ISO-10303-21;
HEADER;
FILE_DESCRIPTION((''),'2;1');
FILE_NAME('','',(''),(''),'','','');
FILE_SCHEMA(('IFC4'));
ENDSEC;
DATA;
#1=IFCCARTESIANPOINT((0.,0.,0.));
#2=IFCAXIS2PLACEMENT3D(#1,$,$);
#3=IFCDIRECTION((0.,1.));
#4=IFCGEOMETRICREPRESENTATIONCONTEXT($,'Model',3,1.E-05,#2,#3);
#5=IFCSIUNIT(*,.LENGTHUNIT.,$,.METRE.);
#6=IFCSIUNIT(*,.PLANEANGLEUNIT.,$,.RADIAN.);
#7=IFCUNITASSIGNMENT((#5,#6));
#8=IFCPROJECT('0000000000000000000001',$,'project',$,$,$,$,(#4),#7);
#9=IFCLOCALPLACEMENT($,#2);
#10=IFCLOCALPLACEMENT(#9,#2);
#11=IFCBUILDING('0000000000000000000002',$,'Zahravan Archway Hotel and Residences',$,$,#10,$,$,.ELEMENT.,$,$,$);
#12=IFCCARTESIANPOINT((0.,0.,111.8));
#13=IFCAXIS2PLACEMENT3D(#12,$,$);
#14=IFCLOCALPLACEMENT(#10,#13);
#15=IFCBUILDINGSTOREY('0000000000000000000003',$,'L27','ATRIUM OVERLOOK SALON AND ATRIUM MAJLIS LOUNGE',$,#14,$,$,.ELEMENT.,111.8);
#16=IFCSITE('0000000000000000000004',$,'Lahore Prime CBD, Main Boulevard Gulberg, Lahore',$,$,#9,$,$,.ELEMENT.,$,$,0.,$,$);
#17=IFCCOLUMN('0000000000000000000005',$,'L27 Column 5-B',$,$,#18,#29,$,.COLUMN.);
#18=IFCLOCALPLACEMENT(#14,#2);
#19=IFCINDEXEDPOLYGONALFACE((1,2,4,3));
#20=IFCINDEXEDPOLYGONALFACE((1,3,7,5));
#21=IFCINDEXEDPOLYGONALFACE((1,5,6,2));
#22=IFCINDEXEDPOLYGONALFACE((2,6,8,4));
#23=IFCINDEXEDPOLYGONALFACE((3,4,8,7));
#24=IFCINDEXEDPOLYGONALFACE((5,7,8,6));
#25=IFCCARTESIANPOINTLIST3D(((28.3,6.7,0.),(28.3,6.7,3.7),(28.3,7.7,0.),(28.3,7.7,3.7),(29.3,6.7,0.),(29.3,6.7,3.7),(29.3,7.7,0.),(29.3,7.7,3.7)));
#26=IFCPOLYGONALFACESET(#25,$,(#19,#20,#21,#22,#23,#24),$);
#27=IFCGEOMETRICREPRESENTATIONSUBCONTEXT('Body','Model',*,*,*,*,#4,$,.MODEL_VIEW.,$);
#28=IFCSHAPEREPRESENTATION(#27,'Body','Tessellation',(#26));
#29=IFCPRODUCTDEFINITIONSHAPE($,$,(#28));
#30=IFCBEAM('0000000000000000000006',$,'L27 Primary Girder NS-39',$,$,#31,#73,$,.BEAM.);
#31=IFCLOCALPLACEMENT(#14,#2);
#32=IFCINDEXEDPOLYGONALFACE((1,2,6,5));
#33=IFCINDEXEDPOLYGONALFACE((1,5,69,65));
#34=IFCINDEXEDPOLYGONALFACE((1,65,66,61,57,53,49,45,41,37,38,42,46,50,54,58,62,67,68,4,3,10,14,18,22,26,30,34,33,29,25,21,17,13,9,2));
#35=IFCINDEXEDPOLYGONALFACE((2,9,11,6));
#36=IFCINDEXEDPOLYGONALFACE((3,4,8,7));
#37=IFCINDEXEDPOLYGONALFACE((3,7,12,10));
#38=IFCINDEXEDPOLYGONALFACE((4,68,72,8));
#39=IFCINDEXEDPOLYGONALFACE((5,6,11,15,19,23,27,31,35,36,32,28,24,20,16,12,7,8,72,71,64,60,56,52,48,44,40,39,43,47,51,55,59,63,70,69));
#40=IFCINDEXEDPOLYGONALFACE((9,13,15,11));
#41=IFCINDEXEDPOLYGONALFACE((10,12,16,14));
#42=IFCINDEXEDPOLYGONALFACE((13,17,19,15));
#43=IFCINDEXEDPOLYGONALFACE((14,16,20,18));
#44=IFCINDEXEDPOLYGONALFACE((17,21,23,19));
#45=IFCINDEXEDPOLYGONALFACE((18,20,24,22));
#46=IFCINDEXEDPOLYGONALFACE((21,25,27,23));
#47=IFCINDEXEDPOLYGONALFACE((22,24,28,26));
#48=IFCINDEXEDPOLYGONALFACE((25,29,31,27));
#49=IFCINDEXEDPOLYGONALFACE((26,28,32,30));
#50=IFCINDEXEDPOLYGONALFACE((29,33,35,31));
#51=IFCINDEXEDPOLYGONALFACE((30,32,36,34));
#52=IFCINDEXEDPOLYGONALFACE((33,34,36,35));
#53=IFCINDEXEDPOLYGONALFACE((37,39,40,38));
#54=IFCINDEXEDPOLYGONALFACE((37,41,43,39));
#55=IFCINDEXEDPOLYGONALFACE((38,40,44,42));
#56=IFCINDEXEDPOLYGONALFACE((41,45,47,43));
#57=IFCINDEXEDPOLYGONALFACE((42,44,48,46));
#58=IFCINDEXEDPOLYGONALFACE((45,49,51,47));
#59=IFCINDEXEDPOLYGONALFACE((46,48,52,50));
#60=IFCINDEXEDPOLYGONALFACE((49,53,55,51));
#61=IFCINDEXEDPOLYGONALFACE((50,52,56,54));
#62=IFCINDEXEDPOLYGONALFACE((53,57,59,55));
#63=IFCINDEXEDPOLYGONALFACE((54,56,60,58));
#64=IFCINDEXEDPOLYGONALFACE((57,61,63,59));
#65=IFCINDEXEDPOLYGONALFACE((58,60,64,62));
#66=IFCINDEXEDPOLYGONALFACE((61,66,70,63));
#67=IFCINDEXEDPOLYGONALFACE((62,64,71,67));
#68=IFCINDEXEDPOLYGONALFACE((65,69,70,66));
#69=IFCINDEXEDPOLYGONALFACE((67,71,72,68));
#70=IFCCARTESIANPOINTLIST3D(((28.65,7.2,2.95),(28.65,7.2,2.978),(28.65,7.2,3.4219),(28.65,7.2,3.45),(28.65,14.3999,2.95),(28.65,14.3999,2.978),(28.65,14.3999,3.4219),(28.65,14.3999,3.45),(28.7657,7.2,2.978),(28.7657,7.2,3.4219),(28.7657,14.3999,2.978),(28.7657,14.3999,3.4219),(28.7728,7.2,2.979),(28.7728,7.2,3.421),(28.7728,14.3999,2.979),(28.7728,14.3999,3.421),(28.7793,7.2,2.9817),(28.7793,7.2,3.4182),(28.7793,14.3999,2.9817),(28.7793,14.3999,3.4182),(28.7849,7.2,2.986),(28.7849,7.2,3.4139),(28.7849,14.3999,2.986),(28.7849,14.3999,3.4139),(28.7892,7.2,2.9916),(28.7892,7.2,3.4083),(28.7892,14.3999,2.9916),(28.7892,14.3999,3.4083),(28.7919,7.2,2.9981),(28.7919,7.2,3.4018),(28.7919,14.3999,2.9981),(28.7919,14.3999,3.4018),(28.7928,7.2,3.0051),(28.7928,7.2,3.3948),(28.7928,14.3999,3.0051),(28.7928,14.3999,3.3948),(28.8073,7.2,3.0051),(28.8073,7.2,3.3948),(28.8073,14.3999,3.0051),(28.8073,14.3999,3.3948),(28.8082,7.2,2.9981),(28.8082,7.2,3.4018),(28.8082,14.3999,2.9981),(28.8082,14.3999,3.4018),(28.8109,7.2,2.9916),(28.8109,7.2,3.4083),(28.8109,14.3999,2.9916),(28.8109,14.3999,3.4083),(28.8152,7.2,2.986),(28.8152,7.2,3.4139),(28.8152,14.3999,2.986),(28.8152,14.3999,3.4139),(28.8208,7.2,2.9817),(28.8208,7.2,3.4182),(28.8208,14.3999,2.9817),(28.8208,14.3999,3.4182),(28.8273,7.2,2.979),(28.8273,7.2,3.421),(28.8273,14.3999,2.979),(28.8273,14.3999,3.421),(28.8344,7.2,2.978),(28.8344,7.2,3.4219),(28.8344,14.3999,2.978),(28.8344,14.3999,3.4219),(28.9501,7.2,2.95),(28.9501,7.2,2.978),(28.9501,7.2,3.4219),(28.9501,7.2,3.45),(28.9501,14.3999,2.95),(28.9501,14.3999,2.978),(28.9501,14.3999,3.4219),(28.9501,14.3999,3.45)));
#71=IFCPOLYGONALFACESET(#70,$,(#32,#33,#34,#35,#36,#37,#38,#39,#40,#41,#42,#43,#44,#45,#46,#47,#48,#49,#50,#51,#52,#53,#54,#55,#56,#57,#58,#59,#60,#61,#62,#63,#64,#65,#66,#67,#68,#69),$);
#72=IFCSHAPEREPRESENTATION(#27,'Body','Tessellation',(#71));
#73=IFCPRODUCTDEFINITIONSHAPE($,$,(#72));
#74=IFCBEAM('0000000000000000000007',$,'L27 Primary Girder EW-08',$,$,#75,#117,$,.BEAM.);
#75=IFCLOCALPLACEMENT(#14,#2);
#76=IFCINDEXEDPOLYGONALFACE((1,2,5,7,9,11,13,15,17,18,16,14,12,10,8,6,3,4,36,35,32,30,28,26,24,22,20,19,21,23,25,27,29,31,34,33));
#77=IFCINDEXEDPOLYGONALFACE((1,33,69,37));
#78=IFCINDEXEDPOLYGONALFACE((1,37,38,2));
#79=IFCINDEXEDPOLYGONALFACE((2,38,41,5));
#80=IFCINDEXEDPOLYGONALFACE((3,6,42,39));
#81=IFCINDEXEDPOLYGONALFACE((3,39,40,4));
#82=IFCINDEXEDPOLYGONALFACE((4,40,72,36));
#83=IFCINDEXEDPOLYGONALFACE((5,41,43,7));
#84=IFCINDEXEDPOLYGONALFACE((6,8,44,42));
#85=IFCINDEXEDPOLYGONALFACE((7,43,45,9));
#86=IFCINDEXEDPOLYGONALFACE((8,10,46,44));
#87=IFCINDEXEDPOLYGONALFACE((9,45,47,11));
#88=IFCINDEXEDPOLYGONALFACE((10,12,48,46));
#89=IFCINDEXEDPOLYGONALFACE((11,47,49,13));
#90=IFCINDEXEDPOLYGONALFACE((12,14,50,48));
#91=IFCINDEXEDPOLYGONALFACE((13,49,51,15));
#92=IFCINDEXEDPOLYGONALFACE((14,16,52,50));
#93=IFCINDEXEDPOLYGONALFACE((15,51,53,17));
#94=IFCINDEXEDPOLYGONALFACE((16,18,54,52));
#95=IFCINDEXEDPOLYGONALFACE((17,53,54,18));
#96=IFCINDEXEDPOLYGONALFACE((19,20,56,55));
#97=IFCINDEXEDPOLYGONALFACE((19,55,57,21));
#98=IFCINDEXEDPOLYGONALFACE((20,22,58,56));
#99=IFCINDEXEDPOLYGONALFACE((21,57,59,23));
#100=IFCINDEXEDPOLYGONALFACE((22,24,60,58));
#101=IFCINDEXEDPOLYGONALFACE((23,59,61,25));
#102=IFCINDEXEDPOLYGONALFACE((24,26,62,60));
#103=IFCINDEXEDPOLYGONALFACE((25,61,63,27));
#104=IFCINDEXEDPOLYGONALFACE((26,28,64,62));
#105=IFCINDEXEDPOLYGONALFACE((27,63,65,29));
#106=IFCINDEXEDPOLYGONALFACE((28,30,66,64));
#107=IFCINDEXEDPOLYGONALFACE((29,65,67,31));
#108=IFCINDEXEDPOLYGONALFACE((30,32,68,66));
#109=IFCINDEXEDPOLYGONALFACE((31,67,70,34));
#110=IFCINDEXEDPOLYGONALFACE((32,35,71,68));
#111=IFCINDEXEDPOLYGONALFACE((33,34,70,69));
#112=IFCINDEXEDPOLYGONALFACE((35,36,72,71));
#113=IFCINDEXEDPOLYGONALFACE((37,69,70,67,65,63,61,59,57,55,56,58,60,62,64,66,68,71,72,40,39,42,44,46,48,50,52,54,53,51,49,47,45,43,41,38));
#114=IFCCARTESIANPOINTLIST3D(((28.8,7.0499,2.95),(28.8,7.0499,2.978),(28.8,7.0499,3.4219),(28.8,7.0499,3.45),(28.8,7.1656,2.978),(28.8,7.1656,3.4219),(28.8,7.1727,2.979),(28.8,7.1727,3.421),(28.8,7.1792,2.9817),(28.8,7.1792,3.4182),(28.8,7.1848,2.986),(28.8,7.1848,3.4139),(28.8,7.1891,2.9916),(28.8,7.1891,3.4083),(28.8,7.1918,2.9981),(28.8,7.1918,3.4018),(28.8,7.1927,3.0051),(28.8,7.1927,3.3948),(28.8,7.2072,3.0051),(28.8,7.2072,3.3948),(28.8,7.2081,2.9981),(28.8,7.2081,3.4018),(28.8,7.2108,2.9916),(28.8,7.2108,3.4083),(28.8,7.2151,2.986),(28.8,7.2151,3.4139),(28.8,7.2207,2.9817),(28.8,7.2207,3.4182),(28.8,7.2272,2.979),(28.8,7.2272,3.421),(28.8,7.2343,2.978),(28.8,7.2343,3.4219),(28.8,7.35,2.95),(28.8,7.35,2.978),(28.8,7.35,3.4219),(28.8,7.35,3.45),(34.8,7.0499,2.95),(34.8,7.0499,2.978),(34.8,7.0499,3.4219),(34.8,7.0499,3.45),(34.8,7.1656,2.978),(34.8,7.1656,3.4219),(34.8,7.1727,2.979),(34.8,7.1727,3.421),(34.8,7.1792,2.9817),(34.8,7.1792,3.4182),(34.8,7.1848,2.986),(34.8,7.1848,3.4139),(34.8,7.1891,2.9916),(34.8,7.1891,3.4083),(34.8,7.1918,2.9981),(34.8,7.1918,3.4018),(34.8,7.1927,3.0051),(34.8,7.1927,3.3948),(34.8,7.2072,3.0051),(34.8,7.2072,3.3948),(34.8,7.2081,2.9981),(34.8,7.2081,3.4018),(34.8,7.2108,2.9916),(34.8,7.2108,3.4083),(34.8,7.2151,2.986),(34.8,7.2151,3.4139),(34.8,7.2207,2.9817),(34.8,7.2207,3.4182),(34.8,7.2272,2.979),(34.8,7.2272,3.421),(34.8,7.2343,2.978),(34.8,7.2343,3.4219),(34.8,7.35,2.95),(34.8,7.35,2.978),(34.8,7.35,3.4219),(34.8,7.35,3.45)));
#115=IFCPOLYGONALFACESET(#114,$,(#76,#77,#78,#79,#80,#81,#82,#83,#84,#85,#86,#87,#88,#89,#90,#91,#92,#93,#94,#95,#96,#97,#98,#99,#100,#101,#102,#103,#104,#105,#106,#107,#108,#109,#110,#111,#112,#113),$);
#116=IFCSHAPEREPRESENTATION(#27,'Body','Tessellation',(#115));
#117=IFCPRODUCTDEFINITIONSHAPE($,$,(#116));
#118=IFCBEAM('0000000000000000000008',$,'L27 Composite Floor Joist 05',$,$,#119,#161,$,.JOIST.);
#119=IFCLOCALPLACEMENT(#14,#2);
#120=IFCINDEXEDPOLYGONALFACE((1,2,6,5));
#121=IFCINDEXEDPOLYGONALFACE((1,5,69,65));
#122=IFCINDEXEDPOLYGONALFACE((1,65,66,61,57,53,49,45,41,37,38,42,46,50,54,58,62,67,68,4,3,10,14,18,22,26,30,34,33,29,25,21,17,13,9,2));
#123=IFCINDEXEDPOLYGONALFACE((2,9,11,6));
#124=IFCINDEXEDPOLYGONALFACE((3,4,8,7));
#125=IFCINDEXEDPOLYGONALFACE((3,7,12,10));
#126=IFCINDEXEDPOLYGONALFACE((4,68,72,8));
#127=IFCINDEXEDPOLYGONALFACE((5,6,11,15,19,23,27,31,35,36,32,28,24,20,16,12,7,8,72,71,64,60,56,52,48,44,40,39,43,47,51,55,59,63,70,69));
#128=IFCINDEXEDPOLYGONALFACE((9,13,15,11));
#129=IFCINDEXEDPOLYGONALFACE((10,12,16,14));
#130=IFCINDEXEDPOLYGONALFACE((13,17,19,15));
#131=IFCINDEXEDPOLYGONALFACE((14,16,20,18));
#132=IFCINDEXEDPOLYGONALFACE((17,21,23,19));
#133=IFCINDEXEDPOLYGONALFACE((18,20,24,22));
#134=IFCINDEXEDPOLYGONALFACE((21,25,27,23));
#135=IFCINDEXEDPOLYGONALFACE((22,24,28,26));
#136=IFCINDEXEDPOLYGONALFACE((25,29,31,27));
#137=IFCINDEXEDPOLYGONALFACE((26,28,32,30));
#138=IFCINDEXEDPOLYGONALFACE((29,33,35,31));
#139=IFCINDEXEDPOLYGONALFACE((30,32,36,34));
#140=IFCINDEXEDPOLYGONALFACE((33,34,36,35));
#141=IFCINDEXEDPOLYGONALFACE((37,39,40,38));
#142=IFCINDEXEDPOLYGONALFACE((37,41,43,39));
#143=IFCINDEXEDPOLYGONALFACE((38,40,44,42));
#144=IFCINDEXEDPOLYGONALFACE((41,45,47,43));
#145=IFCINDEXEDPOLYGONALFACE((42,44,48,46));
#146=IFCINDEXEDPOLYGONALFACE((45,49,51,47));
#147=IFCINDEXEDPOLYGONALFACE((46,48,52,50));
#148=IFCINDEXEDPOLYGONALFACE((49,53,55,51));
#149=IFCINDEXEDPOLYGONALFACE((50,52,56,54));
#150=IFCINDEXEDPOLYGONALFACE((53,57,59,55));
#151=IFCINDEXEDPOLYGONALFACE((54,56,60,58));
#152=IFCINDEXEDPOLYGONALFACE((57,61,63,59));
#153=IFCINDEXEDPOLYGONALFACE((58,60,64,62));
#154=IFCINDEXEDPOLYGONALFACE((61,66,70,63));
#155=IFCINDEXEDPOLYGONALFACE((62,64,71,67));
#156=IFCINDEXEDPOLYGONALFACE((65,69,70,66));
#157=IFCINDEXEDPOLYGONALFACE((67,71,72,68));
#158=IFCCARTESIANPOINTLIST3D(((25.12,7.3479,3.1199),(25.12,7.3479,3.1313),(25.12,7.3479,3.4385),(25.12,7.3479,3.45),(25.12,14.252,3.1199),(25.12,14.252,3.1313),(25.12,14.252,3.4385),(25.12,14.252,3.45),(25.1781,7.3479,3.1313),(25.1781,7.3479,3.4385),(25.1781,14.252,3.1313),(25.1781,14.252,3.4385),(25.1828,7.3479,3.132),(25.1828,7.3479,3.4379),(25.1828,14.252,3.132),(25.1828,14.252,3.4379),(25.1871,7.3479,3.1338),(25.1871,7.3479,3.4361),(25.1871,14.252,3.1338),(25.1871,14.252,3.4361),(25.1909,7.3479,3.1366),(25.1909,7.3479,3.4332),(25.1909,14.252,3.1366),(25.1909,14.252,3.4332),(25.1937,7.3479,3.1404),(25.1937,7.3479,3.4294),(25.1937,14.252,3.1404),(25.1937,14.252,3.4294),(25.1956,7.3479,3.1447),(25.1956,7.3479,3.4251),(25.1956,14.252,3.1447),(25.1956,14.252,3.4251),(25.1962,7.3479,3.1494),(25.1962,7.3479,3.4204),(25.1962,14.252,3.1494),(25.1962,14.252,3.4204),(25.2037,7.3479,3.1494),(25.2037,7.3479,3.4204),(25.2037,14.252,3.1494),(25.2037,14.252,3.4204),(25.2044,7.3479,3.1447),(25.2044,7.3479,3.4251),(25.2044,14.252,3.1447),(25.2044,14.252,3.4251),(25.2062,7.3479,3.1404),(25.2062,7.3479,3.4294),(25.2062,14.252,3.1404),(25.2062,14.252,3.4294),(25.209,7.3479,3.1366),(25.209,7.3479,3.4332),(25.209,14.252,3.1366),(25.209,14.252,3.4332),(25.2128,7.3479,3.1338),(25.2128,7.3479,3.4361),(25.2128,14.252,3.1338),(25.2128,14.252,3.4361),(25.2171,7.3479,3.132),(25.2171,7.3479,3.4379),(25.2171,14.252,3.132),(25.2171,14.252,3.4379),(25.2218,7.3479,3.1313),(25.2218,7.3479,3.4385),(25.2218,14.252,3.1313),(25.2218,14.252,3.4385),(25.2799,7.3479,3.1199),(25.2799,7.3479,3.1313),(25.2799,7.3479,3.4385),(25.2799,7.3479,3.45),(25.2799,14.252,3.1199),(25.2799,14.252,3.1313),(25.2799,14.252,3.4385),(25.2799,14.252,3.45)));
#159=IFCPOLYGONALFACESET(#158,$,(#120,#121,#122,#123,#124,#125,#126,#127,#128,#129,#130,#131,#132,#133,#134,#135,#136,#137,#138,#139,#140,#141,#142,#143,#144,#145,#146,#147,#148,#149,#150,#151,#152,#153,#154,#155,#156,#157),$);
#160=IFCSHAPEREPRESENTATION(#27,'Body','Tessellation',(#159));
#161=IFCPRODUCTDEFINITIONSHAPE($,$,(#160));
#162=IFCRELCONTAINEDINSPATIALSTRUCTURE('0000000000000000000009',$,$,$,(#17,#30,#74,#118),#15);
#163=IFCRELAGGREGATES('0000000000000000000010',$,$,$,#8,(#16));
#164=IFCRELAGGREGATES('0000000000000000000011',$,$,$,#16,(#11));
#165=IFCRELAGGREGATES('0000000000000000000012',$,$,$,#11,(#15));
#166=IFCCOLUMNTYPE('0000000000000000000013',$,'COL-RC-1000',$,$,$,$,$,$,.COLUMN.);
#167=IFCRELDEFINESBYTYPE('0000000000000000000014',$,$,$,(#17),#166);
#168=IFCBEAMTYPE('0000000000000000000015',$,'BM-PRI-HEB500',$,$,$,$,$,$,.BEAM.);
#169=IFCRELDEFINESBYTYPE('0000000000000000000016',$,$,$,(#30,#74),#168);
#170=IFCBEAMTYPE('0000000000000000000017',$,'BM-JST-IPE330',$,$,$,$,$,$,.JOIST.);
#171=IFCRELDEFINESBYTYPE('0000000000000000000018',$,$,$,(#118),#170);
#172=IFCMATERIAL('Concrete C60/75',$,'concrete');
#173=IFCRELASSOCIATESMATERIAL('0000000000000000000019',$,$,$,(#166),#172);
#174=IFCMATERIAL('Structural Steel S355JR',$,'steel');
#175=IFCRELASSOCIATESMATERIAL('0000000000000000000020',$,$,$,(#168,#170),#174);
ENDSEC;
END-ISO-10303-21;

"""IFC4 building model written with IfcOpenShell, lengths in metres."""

from ifc_helpers import new_model, si_unit, direction, frame, origin, origin_2d, place, context, subcontext, project, spatial, rectangle, i_section, extrude, source, transform, mapped, material, material_profile, profile_set, type_object, type_shapes, element, save


model = new_model("IFC4")

# Units and contexts
model_context = context("Model", 3, precision=1e-05, world=origin(), true_north=direction((0.0, 1.0)))
body_context = subcontext(model_context, "Body", "Model", "MODEL_VIEW")
ifc_project = project(units=[si_unit("LENGTHUNIT", "METRE"), si_unit("PLANEANGLEUNIT", "RADIAN")], contexts=[model_context])

# Site, building, storey
site_placement = place(None, origin())
site = spatial("IfcSite", under=ifc_project, at=site_placement, Name="Lahore Prime CBD, Main Boulevard Gulberg, Lahore", CompositionType="ELEMENT", RefElevation=0.0)
building_placement = place(site_placement, origin())
building = spatial("IfcBuilding", under=site, at=building_placement, Name="Zahravan Archway Hotel and Residences", CompositionType="ELEMENT")
storey_placement = place(building_placement, frame((0.0, 0.0, 111.8)))
storey = spatial("IfcBuildingStorey", under=building, at=storey_placement, Name="L27", Description="ATRIUM OVERLOOK SALON AND ATRIUM MAJLIS LOUNGE", CompositionType="ELEMENT", Elevation=111.8)

# Column
ifc_material_1 = material(Name="Concrete C60/75", Category="concrete")
ifc_material_profile_1 = material_profile(ifc_material_1, rectangle(XDim=1.0, YDim=1.0, at=origin_2d()), Name="RC-COL-1000x1000", Category="concrete")
ifc_profile_set_1 = profile_set([ifc_material_profile_1], Name="Concrete C60/75")
column_type = type_object("IfcColumnType", Name="COL-RC-1000", PredefinedType="COLUMN", material=ifc_profile_set_1)
shared_shape_1 = source(origin(), body_context, "Body", "SweptSolid", [
    extrude(rectangle(XDim=1.0, YDim=1.0, at=origin_2d()), origin(), (0.0, 0.0, 1.0), 3.7),
])
type_shapes(column_type, [shared_shape_1])
column_placement = place(storey_placement, frame((28.8, 7.2, 0.0), z_axis=(0.0, 0.0, 1.0), x_axis=(1.0, 0.0, 0.0)))
element("IfcColumn", 1, at=column_placement, inside=storey, type_object=column_type, Name="L27 Column 5-B", PredefinedType="COLUMN", context=body_context, shape_type="MappedRepresentation", body=[
    mapped(shared_shape_1, transform((0.0, 0.0, 0.0), scale=1.0)),
])

# Beams
ifc_material_2 = material(Name="Structural Steel S355JR", Category="steel")
ifc_material_profile_2 = material_profile(ifc_material_2, i_section(OverallWidth=0.3, OverallDepth=0.5, WebThickness=0.0144, FlangeThickness=0.0281, FilletRadius=0.0271, at=origin_2d()), Name="HEB 500", Category="steel")
ifc_profile_set_2 = profile_set([ifc_material_profile_2], Name="Structural Steel S355JR")
beam_type_1 = type_object("IfcBeamType", Name="BM-PRI-HEB500", PredefinedType="BEAM", material=ifc_profile_set_2)
shared_shape_2 = source(origin(), body_context, "Body", "SweptSolid", [
    extrude(i_section(OverallWidth=0.3, OverallDepth=0.5, WebThickness=0.0144, FlangeThickness=0.0281, FilletRadius=0.0271, at=origin_2d()), origin(), (0.0, 0.0, 1.0), 7.2),
])
beam_1_placement = place(storey_placement, frame((28.8, 7.2, 3.2), z_axis=(0.0, 1.0, 0.0), x_axis=(-1.0, 0.0, 0.0)))
element("IfcBeam", 2, at=beam_1_placement, inside=storey, type_object=beam_type_1, Name="L27 Primary Girder NS-39", PredefinedType="BEAM", context=body_context, shape_type="MappedRepresentation", body=[
    mapped(shared_shape_2, transform((0.0, 0.0, 0.0), scale=1.0)),
])
shared_shape_3 = source(origin(), body_context, "Body", "SweptSolid", [
    extrude(i_section(OverallWidth=0.3, OverallDepth=0.5, WebThickness=0.0144, FlangeThickness=0.0281, FilletRadius=0.0271, at=origin_2d()), origin(), (0.0, 0.0, 1.0), 6.0),
])
beam_2_placement = place(storey_placement, frame((28.8, 7.2, 3.2), z_axis=(1.0, 0.0, 0.0), x_axis=(0.0, 1.0, 0.0)))
element("IfcBeam", 3, at=beam_2_placement, inside=storey, type_object=beam_type_1, Name="L27 Primary Girder EW-08", PredefinedType="BEAM", context=body_context, shape_type="MappedRepresentation", body=[
    mapped(shared_shape_3, transform((0.0, 0.0, 0.0), scale=1.0)),
])
ifc_material_profile_3 = material_profile(ifc_material_2, i_section(OverallWidth=0.1599, OverallDepth=0.3301, WebThickness=0.0076, FlangeThickness=0.0115, FilletRadius=0.0181, at=origin_2d()), Name="IPE 330", Category="steel")
ifc_profile_set_3 = profile_set([ifc_material_profile_3], Name="Structural Steel S355JR")
beam_type_2 = type_object("IfcBeamType", Name="BM-JST-IPE330", PredefinedType="JOIST", material=ifc_profile_set_3)
shared_shape_4 = source(origin(), body_context, "Body", "SweptSolid", [
    extrude(i_section(OverallWidth=0.1599, OverallDepth=0.3301, WebThickness=0.0076, FlangeThickness=0.0115, FilletRadius=0.0181, at=origin_2d()), origin(), (0.0, 0.0, 1.0), 6.9041),
])
type_shapes(beam_type_2, [shared_shape_4])
beam_3_placement = place(storey_placement, frame((25.2, 7.3479, 3.2849), z_axis=(0.0, 1.0, 0.0), x_axis=(-1.0, 0.0, 0.0)))
element("IfcBeam", 4, at=beam_3_placement, inside=storey, type_object=beam_type_2, Name="L27 Composite Floor Joist 05", PredefinedType="JOIST", context=body_context, shape_type="MappedRepresentation", body=[
    mapped(shared_shape_4, transform((0.0, 0.0, 0.0), scale=1.0)),
])

save(model, "model.ifc")
